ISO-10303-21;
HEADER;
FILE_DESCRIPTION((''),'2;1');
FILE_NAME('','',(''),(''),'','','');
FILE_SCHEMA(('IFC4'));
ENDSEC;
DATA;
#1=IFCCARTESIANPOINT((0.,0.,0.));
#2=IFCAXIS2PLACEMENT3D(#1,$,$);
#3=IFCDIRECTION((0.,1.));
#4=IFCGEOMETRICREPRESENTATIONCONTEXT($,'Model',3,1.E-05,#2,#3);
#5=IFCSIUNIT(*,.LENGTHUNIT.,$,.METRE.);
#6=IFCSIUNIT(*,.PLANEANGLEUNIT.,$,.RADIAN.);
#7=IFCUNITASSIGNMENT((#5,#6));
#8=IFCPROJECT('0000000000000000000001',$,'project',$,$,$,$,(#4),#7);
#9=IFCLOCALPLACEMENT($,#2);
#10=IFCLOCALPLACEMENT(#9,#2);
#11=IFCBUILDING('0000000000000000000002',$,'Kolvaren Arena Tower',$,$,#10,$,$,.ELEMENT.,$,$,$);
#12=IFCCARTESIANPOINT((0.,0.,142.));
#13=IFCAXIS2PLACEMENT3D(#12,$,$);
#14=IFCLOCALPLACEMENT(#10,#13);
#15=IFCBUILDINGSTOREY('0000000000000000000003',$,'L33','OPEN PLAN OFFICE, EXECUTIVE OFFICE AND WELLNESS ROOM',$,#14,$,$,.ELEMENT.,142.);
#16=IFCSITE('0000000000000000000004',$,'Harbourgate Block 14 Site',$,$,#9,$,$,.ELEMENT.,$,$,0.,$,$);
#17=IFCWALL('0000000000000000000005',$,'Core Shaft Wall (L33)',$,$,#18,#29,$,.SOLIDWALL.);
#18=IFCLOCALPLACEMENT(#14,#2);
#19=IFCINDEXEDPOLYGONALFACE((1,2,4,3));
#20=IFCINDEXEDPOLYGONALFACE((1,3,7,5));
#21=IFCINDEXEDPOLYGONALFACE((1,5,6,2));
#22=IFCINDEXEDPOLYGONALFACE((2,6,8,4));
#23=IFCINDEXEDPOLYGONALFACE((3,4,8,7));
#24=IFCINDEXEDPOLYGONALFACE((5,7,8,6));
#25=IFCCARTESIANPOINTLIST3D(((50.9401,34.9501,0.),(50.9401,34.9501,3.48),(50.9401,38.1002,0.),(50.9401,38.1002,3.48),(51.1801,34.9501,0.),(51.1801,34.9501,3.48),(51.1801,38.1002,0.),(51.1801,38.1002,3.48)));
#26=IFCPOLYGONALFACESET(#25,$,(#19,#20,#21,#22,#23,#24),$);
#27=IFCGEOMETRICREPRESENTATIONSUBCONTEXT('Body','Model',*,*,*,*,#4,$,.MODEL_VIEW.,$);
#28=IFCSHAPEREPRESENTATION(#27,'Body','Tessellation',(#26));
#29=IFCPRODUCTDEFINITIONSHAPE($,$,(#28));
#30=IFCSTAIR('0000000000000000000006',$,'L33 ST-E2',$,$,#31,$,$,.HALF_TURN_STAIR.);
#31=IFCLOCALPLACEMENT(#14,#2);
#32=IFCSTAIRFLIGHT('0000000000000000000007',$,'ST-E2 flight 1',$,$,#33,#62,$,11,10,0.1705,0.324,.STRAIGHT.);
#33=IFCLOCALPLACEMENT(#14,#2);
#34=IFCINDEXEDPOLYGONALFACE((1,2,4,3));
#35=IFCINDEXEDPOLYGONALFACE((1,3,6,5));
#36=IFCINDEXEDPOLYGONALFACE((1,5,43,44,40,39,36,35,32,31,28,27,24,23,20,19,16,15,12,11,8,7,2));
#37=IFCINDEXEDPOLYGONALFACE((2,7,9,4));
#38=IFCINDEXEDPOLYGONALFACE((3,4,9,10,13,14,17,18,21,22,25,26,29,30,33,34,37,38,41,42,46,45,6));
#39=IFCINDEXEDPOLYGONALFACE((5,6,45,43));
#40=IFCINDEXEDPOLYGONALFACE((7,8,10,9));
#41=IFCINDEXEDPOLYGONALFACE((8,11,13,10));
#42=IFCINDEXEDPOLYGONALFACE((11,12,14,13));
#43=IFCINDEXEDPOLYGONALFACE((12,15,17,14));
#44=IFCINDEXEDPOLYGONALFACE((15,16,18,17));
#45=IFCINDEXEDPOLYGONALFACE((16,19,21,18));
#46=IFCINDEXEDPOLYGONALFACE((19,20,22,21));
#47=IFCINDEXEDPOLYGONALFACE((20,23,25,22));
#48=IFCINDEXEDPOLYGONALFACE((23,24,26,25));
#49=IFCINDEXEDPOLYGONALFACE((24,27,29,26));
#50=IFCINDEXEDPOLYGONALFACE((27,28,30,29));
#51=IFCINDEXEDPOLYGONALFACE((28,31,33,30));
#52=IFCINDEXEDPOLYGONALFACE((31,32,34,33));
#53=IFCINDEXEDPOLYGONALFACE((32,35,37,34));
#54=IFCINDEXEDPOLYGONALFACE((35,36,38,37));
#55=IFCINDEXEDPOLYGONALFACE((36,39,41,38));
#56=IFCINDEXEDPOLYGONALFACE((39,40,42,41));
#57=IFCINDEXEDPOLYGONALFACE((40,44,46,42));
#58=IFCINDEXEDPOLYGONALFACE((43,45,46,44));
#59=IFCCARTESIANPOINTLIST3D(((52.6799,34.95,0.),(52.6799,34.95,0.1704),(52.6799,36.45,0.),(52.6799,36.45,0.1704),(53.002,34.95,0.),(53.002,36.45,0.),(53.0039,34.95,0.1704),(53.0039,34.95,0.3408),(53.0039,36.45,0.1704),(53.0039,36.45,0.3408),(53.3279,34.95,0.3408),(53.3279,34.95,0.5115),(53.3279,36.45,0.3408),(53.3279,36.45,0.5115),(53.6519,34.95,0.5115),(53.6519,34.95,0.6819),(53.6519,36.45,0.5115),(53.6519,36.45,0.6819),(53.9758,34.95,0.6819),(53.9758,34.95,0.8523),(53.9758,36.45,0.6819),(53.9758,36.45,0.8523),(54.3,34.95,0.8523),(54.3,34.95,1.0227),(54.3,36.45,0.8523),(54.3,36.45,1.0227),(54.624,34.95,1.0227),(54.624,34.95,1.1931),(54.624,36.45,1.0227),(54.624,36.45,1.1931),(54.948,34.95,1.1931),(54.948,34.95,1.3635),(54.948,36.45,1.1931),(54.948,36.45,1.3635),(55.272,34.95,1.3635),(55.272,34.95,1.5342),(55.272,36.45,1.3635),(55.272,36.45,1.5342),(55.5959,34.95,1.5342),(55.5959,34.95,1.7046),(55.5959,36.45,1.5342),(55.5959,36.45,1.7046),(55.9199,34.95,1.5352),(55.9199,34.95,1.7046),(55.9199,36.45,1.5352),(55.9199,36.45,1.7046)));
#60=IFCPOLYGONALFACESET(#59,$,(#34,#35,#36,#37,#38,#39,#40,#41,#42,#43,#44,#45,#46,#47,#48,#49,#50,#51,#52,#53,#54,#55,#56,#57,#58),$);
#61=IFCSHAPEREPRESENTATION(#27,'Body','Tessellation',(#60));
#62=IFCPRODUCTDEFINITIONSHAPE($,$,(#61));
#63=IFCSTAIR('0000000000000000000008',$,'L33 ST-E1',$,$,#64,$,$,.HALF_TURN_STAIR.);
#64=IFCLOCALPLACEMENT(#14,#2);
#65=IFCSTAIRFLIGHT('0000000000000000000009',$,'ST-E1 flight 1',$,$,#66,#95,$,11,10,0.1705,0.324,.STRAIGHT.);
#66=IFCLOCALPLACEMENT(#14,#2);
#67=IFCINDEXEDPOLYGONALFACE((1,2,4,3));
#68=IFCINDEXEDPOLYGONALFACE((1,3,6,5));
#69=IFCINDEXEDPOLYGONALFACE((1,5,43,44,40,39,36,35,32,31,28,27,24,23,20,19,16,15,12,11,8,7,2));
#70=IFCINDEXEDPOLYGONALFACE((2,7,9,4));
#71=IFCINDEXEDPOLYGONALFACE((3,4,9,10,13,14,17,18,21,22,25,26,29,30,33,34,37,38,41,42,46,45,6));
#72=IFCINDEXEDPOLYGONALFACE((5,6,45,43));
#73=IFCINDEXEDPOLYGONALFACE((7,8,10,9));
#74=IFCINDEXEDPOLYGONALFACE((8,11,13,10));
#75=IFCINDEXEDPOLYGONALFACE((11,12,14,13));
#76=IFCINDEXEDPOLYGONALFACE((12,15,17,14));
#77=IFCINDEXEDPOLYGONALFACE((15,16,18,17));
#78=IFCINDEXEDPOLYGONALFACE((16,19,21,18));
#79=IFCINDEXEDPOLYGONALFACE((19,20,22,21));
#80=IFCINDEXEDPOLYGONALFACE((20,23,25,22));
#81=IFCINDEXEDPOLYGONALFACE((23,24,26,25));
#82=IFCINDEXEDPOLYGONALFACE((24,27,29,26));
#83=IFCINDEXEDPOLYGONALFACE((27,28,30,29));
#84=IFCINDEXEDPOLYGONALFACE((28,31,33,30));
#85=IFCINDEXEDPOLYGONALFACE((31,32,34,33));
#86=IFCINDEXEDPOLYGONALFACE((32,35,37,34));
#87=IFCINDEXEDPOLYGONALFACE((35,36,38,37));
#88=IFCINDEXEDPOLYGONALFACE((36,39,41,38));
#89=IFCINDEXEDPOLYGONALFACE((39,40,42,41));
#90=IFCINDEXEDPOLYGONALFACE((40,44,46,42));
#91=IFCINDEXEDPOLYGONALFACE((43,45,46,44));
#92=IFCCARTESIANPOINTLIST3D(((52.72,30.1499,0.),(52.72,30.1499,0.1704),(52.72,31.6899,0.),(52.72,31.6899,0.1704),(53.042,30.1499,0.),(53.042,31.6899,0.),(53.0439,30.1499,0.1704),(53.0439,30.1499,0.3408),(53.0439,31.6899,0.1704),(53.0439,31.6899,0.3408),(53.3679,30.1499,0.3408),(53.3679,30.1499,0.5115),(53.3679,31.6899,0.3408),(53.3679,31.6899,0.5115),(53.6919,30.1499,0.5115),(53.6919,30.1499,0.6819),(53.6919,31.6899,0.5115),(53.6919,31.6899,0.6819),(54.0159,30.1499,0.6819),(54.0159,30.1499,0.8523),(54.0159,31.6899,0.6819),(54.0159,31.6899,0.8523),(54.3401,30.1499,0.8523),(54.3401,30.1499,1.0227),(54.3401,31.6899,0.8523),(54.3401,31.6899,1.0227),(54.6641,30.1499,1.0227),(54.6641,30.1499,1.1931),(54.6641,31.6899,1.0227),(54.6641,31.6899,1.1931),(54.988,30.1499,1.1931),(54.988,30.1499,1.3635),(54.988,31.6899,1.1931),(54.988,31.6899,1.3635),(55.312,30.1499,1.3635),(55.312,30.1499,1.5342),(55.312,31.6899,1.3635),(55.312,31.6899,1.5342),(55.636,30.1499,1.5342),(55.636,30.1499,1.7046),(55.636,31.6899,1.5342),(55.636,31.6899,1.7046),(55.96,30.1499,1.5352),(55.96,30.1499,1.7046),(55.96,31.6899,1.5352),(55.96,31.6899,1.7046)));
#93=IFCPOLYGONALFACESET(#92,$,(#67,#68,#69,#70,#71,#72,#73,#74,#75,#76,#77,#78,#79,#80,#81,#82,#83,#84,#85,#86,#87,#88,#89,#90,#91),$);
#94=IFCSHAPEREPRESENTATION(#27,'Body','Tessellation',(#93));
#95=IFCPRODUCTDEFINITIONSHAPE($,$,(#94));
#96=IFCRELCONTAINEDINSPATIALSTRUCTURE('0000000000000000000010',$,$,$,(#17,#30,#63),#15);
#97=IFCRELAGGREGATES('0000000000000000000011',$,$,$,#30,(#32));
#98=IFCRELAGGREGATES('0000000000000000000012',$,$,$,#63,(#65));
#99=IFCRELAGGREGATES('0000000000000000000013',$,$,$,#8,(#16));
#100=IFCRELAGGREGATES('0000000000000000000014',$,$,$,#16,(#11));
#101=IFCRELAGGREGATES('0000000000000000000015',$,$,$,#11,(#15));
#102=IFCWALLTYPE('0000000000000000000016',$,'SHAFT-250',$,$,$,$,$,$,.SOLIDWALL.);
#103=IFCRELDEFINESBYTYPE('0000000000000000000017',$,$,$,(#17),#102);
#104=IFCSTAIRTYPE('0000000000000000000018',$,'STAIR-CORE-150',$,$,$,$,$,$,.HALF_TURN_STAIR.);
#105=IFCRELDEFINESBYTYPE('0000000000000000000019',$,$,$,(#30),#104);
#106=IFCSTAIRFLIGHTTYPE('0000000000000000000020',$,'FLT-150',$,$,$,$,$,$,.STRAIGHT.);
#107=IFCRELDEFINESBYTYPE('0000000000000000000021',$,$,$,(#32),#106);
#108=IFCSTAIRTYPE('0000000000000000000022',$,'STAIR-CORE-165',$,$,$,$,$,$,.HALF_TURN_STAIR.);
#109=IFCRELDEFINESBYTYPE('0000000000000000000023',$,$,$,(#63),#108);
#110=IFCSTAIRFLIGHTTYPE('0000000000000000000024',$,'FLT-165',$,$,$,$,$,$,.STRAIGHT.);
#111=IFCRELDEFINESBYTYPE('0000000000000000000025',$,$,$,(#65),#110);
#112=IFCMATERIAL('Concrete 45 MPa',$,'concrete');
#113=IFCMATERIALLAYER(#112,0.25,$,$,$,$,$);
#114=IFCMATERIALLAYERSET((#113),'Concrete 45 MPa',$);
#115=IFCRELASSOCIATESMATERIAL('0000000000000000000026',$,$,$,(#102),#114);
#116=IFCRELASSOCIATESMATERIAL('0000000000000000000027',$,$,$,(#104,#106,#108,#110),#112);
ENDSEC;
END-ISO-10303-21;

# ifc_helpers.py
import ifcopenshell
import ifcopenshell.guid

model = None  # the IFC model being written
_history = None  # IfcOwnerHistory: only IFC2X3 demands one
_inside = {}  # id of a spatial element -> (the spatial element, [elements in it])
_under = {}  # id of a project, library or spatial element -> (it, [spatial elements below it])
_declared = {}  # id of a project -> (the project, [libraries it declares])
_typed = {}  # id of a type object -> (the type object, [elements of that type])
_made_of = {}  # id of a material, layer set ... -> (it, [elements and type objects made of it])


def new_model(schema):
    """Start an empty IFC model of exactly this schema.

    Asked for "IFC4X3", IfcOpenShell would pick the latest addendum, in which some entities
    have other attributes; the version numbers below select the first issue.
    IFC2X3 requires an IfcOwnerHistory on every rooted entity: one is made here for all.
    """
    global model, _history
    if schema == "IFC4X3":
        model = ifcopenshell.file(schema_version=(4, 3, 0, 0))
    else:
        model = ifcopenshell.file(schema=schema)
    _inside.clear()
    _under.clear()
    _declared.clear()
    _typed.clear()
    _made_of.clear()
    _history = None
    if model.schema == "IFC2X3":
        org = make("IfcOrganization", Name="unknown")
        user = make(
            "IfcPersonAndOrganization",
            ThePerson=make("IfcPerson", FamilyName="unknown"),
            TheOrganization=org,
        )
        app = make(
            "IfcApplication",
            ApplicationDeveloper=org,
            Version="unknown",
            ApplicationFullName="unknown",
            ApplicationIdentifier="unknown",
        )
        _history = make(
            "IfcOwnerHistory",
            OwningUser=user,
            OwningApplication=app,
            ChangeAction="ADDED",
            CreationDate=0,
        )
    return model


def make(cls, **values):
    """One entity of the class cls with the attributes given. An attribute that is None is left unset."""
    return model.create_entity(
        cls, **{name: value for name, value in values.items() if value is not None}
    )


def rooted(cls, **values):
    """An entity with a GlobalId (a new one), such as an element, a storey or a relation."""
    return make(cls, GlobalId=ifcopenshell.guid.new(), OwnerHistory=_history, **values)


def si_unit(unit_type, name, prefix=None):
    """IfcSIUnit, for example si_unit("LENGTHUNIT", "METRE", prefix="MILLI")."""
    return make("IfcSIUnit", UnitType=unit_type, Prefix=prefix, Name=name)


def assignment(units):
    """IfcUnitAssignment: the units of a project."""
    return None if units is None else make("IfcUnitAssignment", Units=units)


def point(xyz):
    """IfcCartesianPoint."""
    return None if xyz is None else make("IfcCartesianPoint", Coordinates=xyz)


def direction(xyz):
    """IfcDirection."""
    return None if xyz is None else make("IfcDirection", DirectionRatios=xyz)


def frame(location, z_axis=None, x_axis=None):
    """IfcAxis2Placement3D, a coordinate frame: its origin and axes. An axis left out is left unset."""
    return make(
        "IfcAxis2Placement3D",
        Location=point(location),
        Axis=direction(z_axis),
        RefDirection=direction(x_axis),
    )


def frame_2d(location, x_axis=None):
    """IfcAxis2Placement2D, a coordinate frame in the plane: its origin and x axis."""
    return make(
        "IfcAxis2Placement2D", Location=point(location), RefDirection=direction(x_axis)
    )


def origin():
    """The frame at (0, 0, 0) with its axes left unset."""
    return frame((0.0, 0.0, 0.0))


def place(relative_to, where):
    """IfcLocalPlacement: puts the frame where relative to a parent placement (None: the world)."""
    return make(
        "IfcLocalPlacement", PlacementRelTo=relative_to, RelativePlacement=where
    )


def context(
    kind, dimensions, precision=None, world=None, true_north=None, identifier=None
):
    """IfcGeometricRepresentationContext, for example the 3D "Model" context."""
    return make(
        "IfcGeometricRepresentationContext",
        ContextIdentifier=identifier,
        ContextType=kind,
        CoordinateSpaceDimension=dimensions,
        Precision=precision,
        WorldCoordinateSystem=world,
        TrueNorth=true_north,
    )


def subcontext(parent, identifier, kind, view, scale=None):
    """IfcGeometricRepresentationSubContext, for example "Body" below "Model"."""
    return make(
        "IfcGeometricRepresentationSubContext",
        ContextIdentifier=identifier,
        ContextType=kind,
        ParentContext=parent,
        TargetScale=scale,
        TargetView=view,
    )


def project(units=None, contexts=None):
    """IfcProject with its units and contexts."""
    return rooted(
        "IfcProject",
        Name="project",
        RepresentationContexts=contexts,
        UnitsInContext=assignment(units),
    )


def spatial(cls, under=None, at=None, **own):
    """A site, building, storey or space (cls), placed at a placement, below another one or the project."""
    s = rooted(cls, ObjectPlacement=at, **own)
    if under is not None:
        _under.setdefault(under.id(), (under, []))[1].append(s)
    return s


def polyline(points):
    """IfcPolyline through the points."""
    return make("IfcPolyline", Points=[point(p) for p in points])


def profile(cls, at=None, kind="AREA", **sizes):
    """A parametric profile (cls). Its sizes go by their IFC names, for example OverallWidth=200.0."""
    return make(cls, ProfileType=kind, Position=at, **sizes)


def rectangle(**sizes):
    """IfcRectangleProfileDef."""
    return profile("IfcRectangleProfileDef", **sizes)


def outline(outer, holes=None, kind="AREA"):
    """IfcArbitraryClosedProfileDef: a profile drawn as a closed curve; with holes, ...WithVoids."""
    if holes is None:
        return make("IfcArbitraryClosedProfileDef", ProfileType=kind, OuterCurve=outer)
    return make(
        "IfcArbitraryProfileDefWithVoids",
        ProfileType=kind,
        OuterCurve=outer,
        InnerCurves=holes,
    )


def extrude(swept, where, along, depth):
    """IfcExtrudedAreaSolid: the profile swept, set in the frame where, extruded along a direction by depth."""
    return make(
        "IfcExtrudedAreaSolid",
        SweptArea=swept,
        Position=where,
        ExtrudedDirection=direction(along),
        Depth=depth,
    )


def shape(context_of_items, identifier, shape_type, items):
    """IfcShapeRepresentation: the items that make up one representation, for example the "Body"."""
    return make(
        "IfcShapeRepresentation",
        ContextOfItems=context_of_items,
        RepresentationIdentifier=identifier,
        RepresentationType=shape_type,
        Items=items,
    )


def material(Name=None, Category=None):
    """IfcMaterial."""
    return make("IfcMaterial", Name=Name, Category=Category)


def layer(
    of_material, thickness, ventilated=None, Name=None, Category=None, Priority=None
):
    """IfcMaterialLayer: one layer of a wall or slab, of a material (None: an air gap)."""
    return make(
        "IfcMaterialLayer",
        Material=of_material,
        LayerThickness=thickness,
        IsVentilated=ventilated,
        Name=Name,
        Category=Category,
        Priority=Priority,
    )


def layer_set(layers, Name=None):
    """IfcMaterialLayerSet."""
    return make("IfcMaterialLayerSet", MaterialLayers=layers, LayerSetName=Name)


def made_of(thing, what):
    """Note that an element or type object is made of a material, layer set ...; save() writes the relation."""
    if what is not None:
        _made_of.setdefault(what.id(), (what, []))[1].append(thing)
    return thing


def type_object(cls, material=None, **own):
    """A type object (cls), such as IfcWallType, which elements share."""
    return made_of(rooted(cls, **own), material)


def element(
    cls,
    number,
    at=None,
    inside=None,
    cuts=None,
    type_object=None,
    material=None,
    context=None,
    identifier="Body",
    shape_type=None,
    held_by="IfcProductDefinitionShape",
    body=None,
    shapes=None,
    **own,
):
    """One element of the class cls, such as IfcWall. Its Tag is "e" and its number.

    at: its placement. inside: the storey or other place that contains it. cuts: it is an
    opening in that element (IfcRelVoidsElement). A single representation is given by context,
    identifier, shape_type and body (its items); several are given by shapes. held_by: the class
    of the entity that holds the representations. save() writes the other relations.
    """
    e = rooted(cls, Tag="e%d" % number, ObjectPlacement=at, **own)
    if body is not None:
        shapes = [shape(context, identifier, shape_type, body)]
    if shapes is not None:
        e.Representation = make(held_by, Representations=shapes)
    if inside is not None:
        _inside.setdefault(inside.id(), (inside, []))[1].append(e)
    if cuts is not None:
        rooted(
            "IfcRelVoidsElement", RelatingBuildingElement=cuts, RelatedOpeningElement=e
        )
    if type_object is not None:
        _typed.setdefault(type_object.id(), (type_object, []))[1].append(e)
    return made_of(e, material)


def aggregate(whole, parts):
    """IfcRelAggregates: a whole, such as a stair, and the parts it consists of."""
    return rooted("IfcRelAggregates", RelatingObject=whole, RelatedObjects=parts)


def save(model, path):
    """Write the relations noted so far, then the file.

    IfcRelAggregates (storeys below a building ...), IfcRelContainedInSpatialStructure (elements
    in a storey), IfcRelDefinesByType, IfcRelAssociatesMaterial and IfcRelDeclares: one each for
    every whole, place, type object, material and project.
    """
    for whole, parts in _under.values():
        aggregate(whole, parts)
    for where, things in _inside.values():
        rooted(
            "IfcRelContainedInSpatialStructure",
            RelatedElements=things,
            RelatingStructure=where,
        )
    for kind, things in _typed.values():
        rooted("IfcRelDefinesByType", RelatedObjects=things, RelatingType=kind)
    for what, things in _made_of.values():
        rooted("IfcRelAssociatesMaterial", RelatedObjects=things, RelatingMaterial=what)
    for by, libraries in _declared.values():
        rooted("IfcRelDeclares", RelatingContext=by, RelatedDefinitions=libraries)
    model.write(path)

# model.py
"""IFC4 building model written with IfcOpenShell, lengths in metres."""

from ifc_helpers import new_model, si_unit, direction, frame, frame_2d, origin, place, context, subcontext, project, spatial, polyline, rectangle, outline, extrude, material, layer, layer_set, type_object, element, aggregate, save


model = new_model("IFC4")

# Units and contexts
model_context = context("Model", 3, precision=1e-05, world=origin(), true_north=direction((0.0, 1.0)))
body_context = subcontext(model_context, "Body", "Model", "MODEL_VIEW")
ifc_project = project(units=[si_unit("LENGTHUNIT", "METRE"), si_unit("PLANEANGLEUNIT", "RADIAN")], contexts=[model_context])

# Site, building, storey
site_placement = place(None, origin())
site = spatial("IfcSite", under=ifc_project, at=site_placement, Name="Harbourgate Block 14 Site", CompositionType="ELEMENT", RefElevation=0.0)
building_placement = place(site_placement, origin())
building = spatial("IfcBuilding", under=site, at=building_placement, Name="Kolvaren Arena Tower", CompositionType="ELEMENT")
storey_placement = place(building_placement, frame((0.0, 0.0, 142.0)))
storey = spatial("IfcBuildingStorey", under=building, at=storey_placement, Name="L33", Description="OPEN PLAN OFFICE, EXECUTIVE OFFICE AND WELLNESS ROOM", CompositionType="ELEMENT", Elevation=142.0)

# Wall
ifc_material_1 = material(Name="Concrete 45 MPa", Category="concrete")
ifc_layer_1 = layer(ifc_material_1, 0.25)
ifc_layer_set_1 = layer_set([ifc_layer_1], Name="Concrete 45 MPa")
wall_type_1 = type_object("IfcWallType", Name="SHAFT-250", PredefinedType="SOLIDWALL", material=ifc_layer_set_1)
wall_1_placement = place(storey_placement, frame((51.0601, 34.95, 0.0), z_axis=(0.0, 0.0, 1.0), x_axis=(0.0, 1.0, 0.0)))
element("IfcWall", 1, at=wall_1_placement, inside=storey, type_object=wall_type_1, Name="Core Shaft Wall (L33)", PredefinedType="SOLIDWALL", context=body_context, shape_type="SweptSolid", body=[
    extrude(rectangle(XDim=3.1501, YDim=0.24, at=frame_2d((1.5752, 0.0))), origin(), (0.0, 0.0, 1.0), 3.48),
])

# Stairs, stair flights
stair_type_1 = type_object("IfcStairType", Name="STAIR-CORE-150", PredefinedType="HALF_TURN_STAIR", material=ifc_material_1)
stair_1_placement = place(storey_placement, origin())
stair_1 = element("IfcStair", 2, at=stair_1_placement, inside=storey, type_object=stair_type_1, Name="L33 ST-E2", PredefinedType="HALF_TURN_STAIR")
stair_flight_type_1 = type_object("IfcStairFlightType", Name="FLT-150", PredefinedType="STRAIGHT", material=ifc_material_1)
stair_flight_1_placement = place(storey_placement, frame((52.6799, 35.7, 0.0), z_axis=(0.0, 0.0, 1.0), x_axis=(1.0, 0.0, 0.0)))
stair_flight_1 = element("IfcStairFlight", 3, at=stair_flight_1_placement, type_object=stair_flight_type_1, Name="ST-E2 flight 1", NumberOfRisers=11, NumberOfTreads=10, PredefinedType="STRAIGHT", RiserHeight=0.1705, TreadLength=0.324, context=body_context, shape_type="SweptSolid", body=[
    extrude(outline(polyline([(0.0, 0.0), (0.0, 0.1704), (0.324, 0.1704), (0.324, 0.3408), (0.6479, 0.3408), (0.6479, 0.5115), (0.9719, 0.5115), (0.9719, 0.6819), (1.2959, 0.6819), (1.2959, 0.8523), (1.6201, 0.8523), (1.6201, 1.0227), (1.9441, 1.0227), (1.9441, 1.1931), (2.2681, 1.1931), (2.2681, 1.3635), (2.592, 1.3635), (2.592, 1.5342), (2.916, 1.5342), (2.916, 1.7046), (3.24, 1.7046), (3.24, 1.875), (3.24, 1.5352), (0.322, 0.0), (0.0, 0.0)])), frame((0.0, 0.75, 0.0), z_axis=(0.0, -1.0, 0.0), x_axis=(1.0, 0.0, 0.0)), (0.0, 0.0, 1.0), 1.5),
])
aggregate(stair_1, [stair_flight_1])
stair_type_2 = type_object("IfcStairType", Name="STAIR-CORE-165", PredefinedType="HALF_TURN_STAIR", material=ifc_material_1)
stair_2_placement = place(storey_placement, origin())
stair_2 = element("IfcStair", 4, at=stair_2_placement, inside=storey, type_object=stair_type_2, Name="L33 ST-E1", PredefinedType="HALF_TURN_STAIR")
stair_flight_type_2 = type_object("IfcStairFlightType", Name="FLT-165", PredefinedType="STRAIGHT", material=ifc_material_1)
stair_flight_2_placement = place(storey_placement, frame((52.72, 30.9199, 0.0), z_axis=(0.0, 0.0, 1.0), x_axis=(1.0, 0.0, 0.0)))
stair_flight_2 = element("IfcStairFlight", 5, at=stair_flight_2_placement, type_object=stair_flight_type_2, Name="ST-E1 flight 1", NumberOfRisers=11, NumberOfTreads=10, PredefinedType="STRAIGHT", RiserHeight=0.1705, TreadLength=0.324, context=body_context, shape_type="SweptSolid", body=[
    extrude(outline(polyline([(0.0, 0.0), (0.0, 0.1704), (0.324, 0.1704), (0.324, 0.3408), (0.6479, 0.3408), (0.6479, 0.5115), (0.9719, 0.5115), (0.9719, 0.6819), (1.2959, 0.6819), (1.2959, 0.8523), (1.6201, 0.8523), (1.6201, 1.0227), (1.9441, 1.0227), (1.9441, 1.1931), (2.2681, 1.1931), (2.2681, 1.3635), (2.592, 1.3635), (2.592, 1.5342), (2.916, 1.5342), (2.916, 1.7046), (3.24, 1.7046), (3.24, 1.875), (3.24, 1.5352), (0.322, 0.0), (0.0, 0.0)])), frame((0.0, 0.77, 0.0), z_axis=(0.0, -1.0, 0.0), x_axis=(1.0, 0.0, 0.0)), (0.0, 0.0, 1.0), 1.54),
])
aggregate(stair_2, [stair_flight_2])

save(model, "model.ifc")
